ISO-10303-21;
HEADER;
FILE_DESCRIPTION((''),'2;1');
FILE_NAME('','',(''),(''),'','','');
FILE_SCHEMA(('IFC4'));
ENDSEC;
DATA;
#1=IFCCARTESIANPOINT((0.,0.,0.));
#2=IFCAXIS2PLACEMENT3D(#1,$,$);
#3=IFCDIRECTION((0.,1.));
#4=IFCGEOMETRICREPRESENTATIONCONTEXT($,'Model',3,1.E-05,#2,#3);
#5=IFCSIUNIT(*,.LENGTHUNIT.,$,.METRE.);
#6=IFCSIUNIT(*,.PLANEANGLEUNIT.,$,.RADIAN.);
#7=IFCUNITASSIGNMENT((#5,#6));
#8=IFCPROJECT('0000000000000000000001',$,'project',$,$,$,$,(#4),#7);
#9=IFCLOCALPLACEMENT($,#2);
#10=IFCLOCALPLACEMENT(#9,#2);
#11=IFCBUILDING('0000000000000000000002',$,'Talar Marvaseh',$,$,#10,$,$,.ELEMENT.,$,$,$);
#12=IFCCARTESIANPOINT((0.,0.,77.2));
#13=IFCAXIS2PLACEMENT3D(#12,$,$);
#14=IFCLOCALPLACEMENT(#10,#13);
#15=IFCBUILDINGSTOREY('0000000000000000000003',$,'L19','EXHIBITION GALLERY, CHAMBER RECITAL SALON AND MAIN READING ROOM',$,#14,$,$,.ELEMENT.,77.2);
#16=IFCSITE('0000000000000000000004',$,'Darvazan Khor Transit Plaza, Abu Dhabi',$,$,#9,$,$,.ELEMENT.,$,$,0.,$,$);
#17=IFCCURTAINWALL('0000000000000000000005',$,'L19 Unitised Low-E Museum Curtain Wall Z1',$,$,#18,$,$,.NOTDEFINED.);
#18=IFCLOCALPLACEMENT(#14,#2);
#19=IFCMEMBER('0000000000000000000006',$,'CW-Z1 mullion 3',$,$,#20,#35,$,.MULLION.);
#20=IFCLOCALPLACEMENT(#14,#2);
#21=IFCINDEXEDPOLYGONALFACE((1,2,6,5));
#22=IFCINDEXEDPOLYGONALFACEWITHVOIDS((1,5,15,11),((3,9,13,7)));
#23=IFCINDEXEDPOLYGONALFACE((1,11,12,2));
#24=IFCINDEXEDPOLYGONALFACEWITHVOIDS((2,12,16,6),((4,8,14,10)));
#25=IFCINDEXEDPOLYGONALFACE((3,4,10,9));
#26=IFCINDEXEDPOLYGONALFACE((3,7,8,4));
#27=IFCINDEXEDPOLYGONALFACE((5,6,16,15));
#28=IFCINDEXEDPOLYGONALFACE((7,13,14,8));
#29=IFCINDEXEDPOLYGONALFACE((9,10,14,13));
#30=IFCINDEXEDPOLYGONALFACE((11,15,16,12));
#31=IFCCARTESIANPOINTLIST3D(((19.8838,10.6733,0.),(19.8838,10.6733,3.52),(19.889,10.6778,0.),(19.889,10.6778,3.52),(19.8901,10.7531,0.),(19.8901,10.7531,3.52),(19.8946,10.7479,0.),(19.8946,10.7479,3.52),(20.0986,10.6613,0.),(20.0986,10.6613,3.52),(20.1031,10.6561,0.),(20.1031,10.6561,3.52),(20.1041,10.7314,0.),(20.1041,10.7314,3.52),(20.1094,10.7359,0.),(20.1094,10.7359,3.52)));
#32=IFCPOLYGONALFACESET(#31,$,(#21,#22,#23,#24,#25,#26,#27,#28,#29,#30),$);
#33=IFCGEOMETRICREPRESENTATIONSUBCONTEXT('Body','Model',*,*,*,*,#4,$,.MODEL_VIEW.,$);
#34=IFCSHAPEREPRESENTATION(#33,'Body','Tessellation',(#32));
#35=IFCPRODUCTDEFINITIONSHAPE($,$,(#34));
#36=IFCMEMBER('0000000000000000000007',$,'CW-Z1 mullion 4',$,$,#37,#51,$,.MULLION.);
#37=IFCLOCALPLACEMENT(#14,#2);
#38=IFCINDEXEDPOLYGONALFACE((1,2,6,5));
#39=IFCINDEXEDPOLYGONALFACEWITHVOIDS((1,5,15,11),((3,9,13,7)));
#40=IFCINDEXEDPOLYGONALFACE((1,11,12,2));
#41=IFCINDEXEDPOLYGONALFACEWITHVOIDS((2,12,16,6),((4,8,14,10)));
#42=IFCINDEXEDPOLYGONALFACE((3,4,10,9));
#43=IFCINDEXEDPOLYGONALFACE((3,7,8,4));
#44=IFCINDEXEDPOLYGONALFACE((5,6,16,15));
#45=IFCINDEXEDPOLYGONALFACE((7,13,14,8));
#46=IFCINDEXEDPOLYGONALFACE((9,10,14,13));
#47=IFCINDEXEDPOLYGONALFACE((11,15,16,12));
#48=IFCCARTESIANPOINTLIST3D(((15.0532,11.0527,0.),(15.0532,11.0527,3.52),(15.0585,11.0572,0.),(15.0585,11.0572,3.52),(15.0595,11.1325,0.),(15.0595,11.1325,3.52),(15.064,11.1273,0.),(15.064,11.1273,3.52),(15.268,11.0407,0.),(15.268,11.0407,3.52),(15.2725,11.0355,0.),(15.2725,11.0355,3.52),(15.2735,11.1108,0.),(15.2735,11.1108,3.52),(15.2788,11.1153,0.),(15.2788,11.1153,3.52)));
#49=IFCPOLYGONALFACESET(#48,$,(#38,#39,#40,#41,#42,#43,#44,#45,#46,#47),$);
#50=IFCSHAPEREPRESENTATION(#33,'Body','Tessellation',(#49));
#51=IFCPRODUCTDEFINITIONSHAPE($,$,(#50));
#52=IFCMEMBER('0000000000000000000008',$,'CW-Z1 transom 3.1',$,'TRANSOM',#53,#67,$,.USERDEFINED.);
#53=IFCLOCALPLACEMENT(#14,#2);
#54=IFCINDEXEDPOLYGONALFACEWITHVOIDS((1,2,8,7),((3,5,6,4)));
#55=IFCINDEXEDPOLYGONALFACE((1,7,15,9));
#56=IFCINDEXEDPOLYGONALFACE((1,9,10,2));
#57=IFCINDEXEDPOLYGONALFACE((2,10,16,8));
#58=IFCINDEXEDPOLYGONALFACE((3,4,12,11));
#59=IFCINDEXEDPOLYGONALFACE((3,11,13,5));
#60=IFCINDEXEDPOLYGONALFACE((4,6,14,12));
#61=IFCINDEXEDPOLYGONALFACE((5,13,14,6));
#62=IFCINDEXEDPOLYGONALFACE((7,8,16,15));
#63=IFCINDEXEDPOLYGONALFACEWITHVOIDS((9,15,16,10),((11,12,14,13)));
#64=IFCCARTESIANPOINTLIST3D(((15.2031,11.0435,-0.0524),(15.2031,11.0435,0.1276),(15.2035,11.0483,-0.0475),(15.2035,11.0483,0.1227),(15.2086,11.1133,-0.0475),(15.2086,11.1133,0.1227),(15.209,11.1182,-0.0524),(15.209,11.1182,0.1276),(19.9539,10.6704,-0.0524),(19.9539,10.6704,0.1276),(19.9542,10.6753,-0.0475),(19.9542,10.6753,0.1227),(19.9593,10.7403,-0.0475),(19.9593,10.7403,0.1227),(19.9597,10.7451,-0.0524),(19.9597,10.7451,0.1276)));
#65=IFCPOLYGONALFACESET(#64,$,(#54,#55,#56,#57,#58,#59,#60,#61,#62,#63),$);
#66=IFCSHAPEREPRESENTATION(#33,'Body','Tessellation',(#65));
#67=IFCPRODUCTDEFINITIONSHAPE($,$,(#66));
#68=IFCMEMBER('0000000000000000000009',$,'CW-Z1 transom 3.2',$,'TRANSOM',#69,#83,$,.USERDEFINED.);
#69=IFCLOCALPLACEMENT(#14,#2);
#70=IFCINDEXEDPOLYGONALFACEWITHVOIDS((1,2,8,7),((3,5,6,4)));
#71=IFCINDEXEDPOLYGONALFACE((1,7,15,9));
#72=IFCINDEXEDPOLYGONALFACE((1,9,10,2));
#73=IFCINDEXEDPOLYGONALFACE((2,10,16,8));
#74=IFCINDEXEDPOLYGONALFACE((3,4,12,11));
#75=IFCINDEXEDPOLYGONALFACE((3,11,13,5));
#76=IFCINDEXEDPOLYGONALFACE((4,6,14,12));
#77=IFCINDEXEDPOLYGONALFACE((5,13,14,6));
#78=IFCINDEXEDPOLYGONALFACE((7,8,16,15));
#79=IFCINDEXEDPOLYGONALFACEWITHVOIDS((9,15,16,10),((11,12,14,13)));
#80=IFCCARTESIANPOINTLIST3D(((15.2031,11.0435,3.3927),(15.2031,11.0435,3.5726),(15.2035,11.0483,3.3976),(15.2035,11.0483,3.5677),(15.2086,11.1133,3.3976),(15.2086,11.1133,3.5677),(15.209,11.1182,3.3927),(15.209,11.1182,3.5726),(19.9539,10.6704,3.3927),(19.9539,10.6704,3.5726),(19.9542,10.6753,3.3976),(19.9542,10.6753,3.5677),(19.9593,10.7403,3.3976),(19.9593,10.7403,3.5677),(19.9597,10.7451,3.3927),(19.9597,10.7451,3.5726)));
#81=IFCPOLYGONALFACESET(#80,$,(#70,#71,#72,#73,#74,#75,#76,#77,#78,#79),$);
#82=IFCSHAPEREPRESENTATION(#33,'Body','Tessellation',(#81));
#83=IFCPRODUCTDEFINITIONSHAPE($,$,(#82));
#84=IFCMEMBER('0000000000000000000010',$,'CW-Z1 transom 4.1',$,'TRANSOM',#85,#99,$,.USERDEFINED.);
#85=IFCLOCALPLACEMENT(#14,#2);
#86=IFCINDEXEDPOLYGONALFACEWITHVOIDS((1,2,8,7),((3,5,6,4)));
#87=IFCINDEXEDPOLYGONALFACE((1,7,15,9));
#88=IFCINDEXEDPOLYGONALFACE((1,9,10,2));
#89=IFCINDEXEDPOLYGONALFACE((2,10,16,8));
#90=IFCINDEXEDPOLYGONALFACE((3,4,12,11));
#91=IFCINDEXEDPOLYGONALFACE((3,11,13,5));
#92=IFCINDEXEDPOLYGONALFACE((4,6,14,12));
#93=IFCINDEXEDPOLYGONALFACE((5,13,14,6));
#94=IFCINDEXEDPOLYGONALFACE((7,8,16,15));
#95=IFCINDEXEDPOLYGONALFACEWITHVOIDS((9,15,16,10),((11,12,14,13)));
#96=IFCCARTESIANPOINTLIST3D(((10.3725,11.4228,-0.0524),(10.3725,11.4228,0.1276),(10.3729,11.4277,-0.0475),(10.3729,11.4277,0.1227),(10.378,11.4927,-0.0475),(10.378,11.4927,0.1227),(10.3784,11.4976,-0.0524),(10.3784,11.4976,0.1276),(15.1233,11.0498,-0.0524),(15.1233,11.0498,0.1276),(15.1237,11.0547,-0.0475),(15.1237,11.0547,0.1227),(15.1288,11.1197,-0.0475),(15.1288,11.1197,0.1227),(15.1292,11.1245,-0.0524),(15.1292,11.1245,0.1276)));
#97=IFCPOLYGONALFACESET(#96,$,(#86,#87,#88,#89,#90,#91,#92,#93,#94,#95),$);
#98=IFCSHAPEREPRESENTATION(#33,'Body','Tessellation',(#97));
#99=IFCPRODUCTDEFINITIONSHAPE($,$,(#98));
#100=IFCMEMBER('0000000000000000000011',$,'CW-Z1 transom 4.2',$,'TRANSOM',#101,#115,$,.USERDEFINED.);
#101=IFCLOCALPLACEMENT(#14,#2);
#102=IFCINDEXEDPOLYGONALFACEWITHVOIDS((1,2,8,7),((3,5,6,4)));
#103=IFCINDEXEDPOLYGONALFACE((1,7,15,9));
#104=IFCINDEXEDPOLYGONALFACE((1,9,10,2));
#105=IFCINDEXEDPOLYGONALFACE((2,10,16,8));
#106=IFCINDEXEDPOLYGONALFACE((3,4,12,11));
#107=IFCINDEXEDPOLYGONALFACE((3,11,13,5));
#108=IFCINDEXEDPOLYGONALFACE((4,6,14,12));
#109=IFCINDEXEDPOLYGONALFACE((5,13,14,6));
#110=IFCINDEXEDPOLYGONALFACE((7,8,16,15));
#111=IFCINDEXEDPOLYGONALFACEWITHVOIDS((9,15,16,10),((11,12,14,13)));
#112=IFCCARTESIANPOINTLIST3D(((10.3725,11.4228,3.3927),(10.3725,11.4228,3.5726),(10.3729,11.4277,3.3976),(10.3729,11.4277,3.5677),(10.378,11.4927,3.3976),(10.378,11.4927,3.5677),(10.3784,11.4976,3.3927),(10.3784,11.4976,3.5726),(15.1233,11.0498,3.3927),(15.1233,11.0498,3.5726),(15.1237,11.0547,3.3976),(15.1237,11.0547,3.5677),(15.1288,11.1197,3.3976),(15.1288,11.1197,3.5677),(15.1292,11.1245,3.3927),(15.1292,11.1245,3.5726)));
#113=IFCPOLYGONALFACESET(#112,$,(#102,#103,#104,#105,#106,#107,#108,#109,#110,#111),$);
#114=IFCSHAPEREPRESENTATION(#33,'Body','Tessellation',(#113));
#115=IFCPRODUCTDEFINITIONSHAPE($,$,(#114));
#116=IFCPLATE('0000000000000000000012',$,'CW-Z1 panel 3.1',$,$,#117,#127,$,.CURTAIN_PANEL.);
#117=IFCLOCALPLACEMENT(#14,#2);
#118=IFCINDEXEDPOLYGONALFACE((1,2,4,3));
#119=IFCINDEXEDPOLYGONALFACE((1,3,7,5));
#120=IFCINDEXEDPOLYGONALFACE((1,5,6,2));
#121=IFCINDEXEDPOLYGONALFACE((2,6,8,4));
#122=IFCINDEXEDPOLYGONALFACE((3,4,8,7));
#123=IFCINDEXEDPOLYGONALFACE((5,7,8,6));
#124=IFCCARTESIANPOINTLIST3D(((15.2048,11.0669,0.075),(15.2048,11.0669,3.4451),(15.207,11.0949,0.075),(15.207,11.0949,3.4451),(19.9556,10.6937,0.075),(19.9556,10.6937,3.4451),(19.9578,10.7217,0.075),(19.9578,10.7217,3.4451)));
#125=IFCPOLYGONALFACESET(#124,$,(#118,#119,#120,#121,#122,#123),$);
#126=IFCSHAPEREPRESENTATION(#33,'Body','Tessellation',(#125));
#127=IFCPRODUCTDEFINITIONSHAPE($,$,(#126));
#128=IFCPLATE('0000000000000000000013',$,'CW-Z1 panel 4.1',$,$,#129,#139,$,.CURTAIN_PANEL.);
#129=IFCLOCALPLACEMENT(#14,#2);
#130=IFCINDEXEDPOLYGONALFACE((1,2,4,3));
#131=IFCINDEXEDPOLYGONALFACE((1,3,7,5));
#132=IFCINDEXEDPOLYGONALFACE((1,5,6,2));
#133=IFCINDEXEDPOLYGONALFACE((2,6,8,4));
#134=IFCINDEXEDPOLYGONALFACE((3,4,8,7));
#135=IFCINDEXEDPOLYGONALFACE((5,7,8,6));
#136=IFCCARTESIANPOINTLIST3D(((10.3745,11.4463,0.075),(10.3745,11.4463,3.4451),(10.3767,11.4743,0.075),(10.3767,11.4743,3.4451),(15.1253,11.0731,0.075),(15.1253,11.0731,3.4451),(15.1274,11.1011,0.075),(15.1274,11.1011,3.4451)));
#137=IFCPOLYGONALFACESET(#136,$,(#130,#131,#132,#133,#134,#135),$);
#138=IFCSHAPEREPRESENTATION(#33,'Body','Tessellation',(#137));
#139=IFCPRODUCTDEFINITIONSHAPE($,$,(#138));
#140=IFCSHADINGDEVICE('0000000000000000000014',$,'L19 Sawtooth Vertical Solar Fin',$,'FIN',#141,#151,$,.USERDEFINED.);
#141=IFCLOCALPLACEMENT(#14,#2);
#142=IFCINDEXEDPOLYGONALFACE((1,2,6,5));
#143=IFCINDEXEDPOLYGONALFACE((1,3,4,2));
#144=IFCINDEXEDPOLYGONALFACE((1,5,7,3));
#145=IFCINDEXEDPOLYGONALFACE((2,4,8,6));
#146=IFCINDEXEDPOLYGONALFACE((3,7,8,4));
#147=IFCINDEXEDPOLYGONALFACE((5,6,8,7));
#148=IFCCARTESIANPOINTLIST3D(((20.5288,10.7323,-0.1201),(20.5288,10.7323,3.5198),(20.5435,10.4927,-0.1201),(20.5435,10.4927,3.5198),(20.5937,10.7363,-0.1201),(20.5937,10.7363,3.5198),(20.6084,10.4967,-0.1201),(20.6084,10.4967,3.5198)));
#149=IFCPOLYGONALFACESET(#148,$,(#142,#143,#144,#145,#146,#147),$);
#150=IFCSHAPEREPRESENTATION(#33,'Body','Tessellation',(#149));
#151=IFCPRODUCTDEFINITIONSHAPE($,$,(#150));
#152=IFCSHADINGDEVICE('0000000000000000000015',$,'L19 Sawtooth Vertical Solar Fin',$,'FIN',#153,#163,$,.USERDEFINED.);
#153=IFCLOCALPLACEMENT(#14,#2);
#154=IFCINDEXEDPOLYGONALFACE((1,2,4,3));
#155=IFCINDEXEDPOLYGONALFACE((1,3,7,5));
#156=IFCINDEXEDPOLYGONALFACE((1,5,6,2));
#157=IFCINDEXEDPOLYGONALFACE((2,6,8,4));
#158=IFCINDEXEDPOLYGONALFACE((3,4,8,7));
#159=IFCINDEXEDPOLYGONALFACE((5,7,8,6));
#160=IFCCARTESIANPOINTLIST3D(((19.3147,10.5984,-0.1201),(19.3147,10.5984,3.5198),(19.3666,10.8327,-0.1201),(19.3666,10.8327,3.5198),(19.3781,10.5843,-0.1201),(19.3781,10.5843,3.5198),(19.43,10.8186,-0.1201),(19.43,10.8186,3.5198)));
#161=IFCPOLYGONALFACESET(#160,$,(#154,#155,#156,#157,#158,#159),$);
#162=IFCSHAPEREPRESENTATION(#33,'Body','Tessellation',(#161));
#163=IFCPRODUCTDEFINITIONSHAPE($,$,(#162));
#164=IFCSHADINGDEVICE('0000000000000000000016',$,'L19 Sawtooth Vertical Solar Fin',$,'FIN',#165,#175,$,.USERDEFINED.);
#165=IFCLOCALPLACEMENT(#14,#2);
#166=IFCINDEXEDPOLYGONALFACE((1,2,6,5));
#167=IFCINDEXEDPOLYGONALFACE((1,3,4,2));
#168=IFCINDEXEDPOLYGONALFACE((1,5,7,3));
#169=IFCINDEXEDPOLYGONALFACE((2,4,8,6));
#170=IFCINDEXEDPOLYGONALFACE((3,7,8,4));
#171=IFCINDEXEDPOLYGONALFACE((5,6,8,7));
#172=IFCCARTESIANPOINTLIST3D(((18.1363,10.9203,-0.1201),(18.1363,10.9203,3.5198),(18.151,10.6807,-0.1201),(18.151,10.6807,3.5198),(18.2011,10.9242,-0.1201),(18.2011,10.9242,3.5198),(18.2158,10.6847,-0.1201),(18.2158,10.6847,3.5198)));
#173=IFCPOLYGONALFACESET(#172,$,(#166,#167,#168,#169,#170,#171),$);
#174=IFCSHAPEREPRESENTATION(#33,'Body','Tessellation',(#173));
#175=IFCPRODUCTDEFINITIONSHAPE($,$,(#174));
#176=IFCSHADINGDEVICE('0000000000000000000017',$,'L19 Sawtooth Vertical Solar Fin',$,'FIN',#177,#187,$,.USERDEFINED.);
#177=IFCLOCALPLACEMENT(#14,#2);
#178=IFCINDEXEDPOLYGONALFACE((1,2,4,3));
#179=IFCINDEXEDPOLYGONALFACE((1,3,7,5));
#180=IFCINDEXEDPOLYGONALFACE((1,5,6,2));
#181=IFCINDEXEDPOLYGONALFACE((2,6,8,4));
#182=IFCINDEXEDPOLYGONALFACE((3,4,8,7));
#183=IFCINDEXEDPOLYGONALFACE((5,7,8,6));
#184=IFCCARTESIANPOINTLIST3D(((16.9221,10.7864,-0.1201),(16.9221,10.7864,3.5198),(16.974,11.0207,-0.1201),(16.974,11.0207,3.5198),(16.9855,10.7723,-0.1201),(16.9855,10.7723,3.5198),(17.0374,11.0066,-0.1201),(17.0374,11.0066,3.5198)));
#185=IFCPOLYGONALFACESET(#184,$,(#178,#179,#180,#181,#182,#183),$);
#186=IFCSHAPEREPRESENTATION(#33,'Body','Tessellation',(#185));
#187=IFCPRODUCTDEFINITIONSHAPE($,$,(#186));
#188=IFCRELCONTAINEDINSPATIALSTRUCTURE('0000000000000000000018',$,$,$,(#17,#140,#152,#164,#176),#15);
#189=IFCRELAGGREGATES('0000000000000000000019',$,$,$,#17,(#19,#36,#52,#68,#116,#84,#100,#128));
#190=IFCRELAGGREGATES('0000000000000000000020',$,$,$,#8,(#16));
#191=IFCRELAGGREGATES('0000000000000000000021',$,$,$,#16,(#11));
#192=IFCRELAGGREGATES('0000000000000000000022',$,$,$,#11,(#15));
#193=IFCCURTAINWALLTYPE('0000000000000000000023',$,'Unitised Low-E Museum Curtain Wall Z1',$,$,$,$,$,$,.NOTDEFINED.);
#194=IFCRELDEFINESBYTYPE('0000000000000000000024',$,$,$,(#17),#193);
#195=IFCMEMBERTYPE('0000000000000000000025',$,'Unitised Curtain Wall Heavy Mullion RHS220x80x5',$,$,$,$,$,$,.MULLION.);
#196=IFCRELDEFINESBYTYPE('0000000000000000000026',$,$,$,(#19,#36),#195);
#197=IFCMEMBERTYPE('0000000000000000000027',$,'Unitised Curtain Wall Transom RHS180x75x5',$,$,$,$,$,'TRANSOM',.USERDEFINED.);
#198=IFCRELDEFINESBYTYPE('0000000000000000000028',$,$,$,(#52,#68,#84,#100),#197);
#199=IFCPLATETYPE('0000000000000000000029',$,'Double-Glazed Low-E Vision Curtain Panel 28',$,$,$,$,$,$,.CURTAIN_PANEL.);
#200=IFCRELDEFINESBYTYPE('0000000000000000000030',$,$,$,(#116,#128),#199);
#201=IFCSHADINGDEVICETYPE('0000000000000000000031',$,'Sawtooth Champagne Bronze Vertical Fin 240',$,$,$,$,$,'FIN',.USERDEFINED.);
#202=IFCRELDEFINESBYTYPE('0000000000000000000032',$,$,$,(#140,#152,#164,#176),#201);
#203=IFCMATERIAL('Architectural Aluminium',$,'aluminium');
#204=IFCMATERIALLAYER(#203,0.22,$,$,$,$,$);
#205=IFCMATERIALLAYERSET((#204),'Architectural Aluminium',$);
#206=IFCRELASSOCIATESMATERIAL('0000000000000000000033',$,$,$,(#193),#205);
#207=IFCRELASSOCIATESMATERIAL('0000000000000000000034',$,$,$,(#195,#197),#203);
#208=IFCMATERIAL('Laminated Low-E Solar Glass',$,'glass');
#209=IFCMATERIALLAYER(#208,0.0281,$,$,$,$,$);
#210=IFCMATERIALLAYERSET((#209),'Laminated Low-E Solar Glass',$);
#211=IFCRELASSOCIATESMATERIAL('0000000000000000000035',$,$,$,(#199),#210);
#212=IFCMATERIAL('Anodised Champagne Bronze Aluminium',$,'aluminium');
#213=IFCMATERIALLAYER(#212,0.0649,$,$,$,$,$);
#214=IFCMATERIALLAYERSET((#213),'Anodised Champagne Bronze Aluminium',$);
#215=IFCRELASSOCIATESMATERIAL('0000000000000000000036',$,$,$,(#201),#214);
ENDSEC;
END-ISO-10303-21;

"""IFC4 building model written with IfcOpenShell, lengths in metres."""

from ifc_helpers import new_model, si_unit, direction, frame, origin, origin_2d, place, context, subcontext, project, spatial, rectangle, hollow_rectangle, extrude, source, transform, mapped, material, layer, layer_set, material_profile, profile_set, type_object, type_shapes, element, aggregate, save


model = new_model("IFC4")

# Units and contexts
model_context = context("Model", 3, precision=1e-05, world=origin(), true_north=direction((0.0, 1.0)))
body_context = subcontext(model_context, "Body", "Model", "MODEL_VIEW")
ifc_project = project(units=[si_unit("LENGTHUNIT", "METRE"), si_unit("PLANEANGLEUNIT", "RADIAN")], contexts=[model_context])

# Site, building, storey
site_placement = place(None, origin())
site = spatial("IfcSite", under=ifc_project, at=site_placement, Name="Darvazan Khor Transit Plaza, Abu Dhabi", CompositionType="ELEMENT", RefElevation=0.0)
building_placement = place(site_placement, origin())
building = spatial("IfcBuilding", under=site, at=building_placement, Name="Talar Marvaseh", CompositionType="ELEMENT")
storey_placement = place(building_placement, frame((0.0, 0.0, 77.2)))
storey = spatial("IfcBuildingStorey", under=building, at=storey_placement, Name="L19", Description="EXHIBITION GALLERY, CHAMBER RECITAL SALON AND MAIN READING ROOM", CompositionType="ELEMENT", Elevation=77.2)

# Curtain wall, members, plates
ifc_material_1 = material(Name="Architectural Aluminium", Category="aluminium")
ifc_layer_1 = layer(ifc_material_1, 0.22)
ifc_layer_set_1 = layer_set([ifc_layer_1], Name="Architectural Aluminium")
curtain_wall_type = type_object("IfcCurtainWallType", Name="Unitised Low-E Museum Curtain Wall Z1", PredefinedType="NOTDEFINED", material=ifc_layer_set_1)
curtain_wall_placement = place(storey_placement, origin())
curtain_wall = element("IfcCurtainWall", 1, at=curtain_wall_placement, inside=storey, type_object=curtain_wall_type, Name="L19 Unitised Low-E Museum Curtain Wall Z1", PredefinedType="NOTDEFINED")
ifc_material_profile_1 = material_profile(ifc_material_1, hollow_rectangle(XDim=0.0801, YDim=0.22, WallThickness=0.0049, at=origin_2d()), Name="RHS220x80x5")
ifc_profile_set_1 = profile_set([ifc_material_profile_1], Name="Architectural Aluminium")
member_type_1 = type_object("IfcMemberType", Name="Unitised Curtain Wall Heavy Mullion RHS220x80x5", PredefinedType="MULLION", material=ifc_profile_set_1)
shared_shape_1 = source(origin(), body_context, "Body", "SweptSolid", [
    extrude(hollow_rectangle(XDim=0.0801, YDim=0.22, WallThickness=0.0049, at=origin_2d()), origin(), (0.0, 0.0, 1.0), 3.52),
])
type_shapes(member_type_1, [shared_shape_1])
member_1_placement = place(storey_placement, frame((19.9966, 10.7046, 0.0), z_axis=(0.0, 0.0, 1.0), x_axis=(-0.078306, -0.996929, 0.0)))
member_1 = element("IfcMember", 2, at=member_1_placement, type_object=member_type_1, Name="CW-Z1 mullion 3", PredefinedType="MULLION", context=body_context, shape_type="MappedRepresentation", body=[
    mapped(shared_shape_1, transform((0.0, 0.0, 0.0), x_axis=(1.0, 0.0, 0.0), y_axis=(0.0, 1.0, 0.0), z_axis=(0.0, 0.0, 1.0), scale=1.0)),
])
member_2_placement = place(storey_placement, frame((15.166, 11.084, 0.0), z_axis=(0.0, 0.0, 1.0), x_axis=(-0.078306, -0.996929, 0.0)))
member_2 = element("IfcMember", 3, at=member_2_placement, type_object=member_type_1, Name="CW-Z1 mullion 4", PredefinedType="MULLION", context=body_context, shape_type="MappedRepresentation", body=[
    mapped(shared_shape_1, transform((0.0, 0.0, 0.0), x_axis=(1.0, 0.0, 0.0), y_axis=(0.0, 1.0, 0.0), z_axis=(0.0, 0.0, 1.0), scale=1.0)),
])
ifc_material_profile_2 = material_profile(ifc_material_1, hollow_rectangle(XDim=0.075, YDim=0.1799, WallThickness=0.0049, at=origin_2d()), Name="RHS180x75x5")
ifc_profile_set_2 = profile_set([ifc_material_profile_2], Name="Architectural Aluminium")
member_type_2 = type_object("IfcMemberType", Name="Unitised Curtain Wall Transom RHS180x75x5", ElementType="TRANSOM", PredefinedType="USERDEFINED", material=ifc_profile_set_2)
shared_shape_2 = source(origin(), body_context, "Body", "SweptSolid", [
    extrude(hollow_rectangle(XDim=0.075, YDim=0.1799, WallThickness=0.0049, at=origin_2d()), origin(), (0.0, 0.0, 1.0), 4.7654),
])
type_shapes(member_type_2, [shared_shape_2])
member_3_placement = place(storey_placement, frame((19.9568, 10.7078, 0.0376), z_axis=(-0.996931, 0.078283, 0.0), x_axis=(-0.078283, -0.996931, 0.0)))
member_3 = element("IfcMember", 4, at=member_3_placement, type_object=member_type_2, Name="CW-Z1 transom 3.1", ObjectType="TRANSOM", PredefinedType="USERDEFINED", context=body_context, shape_type="MappedRepresentation", body=[
    mapped(shared_shape_2, transform((0.0, 0.0, 0.0), x_axis=(1.0, 0.0, 0.0), y_axis=(0.0, 1.0, 0.0), z_axis=(0.0, 0.0, 1.0), scale=1.0)),
])
member_4_placement = place(storey_placement, frame((19.9568, 10.7078, 3.4827), z_axis=(-0.996931, 0.078283, 0.0), x_axis=(-0.078283, -0.996931, 0.0)))
member_4 = element("IfcMember", 5, at=member_4_placement, type_object=member_type_2, Name="CW-Z1 transom 3.2", ObjectType="TRANSOM", PredefinedType="USERDEFINED", context=body_context, shape_type="MappedRepresentation", body=[
    mapped(shared_shape_2, transform((0.0, 0.0, 0.0), x_axis=(1.0, 0.0, 0.0), y_axis=(0.0, 1.0, 0.0), z_axis=(0.0, 0.0, 1.0), scale=1.0)),
])
member_5_placement = place(storey_placement, frame((15.1262, 11.0872, 0.0376), z_axis=(-0.996931, 0.078283, 0.0), x_axis=(-0.078283, -0.996931, 0.0)))
member_5 = element("IfcMember", 6, at=member_5_placement, type_object=member_type_2, Name="CW-Z1 transom 4.1", ObjectType="TRANSOM", PredefinedType="USERDEFINED", context=body_context, shape_type="MappedRepresentation", body=[
    mapped(shared_shape_2, transform((0.0, 0.0, 0.0), x_axis=(1.0, 0.0, 0.0), y_axis=(0.0, 1.0, 0.0), z_axis=(0.0, 0.0, 1.0), scale=1.0)),
])
member_6_placement = place(storey_placement, frame((15.1262, 11.0872, 3.4827), z_axis=(-0.996931, 0.078283, 0.0), x_axis=(-0.078283, -0.996931, 0.0)))
member_6 = element("IfcMember", 7, at=member_6_placement, type_object=member_type_2, Name="CW-Z1 transom 4.2", ObjectType="TRANSOM", PredefinedType="USERDEFINED", context=body_context, shape_type="MappedRepresentation", body=[
    mapped(shared_shape_2, transform((0.0, 0.0, 0.0), x_axis=(1.0, 0.0, 0.0), y_axis=(0.0, 1.0, 0.0), z_axis=(0.0, 0.0, 1.0), scale=1.0)),
])
ifc_material_2 = material(Name="Laminated Low-E Solar Glass", Category="glass")
ifc_layer_2 = layer(ifc_material_2, 0.0281)
ifc_layer_set_2 = layer_set([ifc_layer_2], Name="Laminated Low-E Solar Glass")
plate_type = type_object("IfcPlateType", Name="Double-Glazed Low-E Vision Curtain Panel 28", PredefinedType="CURTAIN_PANEL", material=ifc_layer_set_2)
shared_shape_3 = source(origin(), body_context, "Body", "SweptSolid", [
    extrude(rectangle(XDim=4.7654, YDim=0.0281, at=origin_2d()), origin(), (0.0, 0.0, 1.0), 3.3701),
])
type_shapes(plate_type, [shared_shape_3])
plate_1_placement = place(storey_placement, frame((17.5813, 10.8943, 0.075), z_axis=(0.0, 0.0, 1.0), x_axis=(-0.996929, 0.078306, 0.0)))
plate_1 = element("IfcPlate", 8, at=plate_1_placement, type_object=plate_type, Name="CW-Z1 panel 3.1", PredefinedType="CURTAIN_PANEL", context=body_context, shape_type="MappedRepresentation", body=[
    mapped(shared_shape_3, transform((0.0, 0.0, 0.0), x_axis=(1.0, 0.0, 0.0), y_axis=(0.0, 1.0, 0.0), z_axis=(0.0, 0.0, 1.0), scale=1.0)),
])
plate_2_placement = place(storey_placement, frame((12.751, 11.2737, 0.075), z_axis=(0.0, 0.0, 1.0), x_axis=(-0.996929, 0.078306, 0.0)))
plate_2 = element("IfcPlate", 9, at=plate_2_placement, type_object=plate_type, Name="CW-Z1 panel 4.1", PredefinedType="CURTAIN_PANEL", context=body_context, shape_type="MappedRepresentation", body=[
    mapped(shared_shape_3, transform((0.0, 0.0, 0.0), x_axis=(1.0, 0.0, 0.0), y_axis=(0.0, 1.0, 0.0), z_axis=(0.0, 0.0, 1.0), scale=1.0)),
])
aggregate(curtain_wall, [member_1, member_2, member_3, member_4, plate_1, member_5, member_6, plate_2])

# Shading devices
ifc_material_3 = material(Name="Anodised Champagne Bronze Aluminium", Category="aluminium")
ifc_layer_3 = layer(ifc_material_3, 0.0649)
ifc_layer_set_3 = layer_set([ifc_layer_3], Name="Anodised Champagne Bronze Aluminium")
shading_device_type = type_object("IfcShadingDeviceType", Name="Sawtooth Champagne Bronze Vertical Fin 240", ElementType="FIN", PredefinedType="USERDEFINED", material=ifc_layer_set_3)
shared_shape_4 = source(origin(), body_context, "Body", "SweptSolid", [
    extrude(rectangle(XDim=0.24, YDim=0.0649, at=origin_2d()), origin(), (0.0, 0.0, 1.0), 3.6399),
])
type_shapes(shading_device_type, [shared_shape_4])
for number, where, z_axis, x_axis, name in (
    (10, (20.5686, 10.6145, -0.1201), (0.0, 0.0, 1.0), (0.061223, -0.998124, 0.0), "L19 Sawtooth Vertical Solar Fin"),
    (11, (19.3723, 10.7085, -0.1201), (0.0, 0.0, 1.0), (-0.216269, -0.976334, 0.0), "L19 Sawtooth Vertical Solar Fin"),
    (12, (18.176, 10.8025, -0.1201), (0.0, 0.0, 1.0), (0.061223, -0.998124, 0.0), "L19 Sawtooth Vertical Solar Fin"),
    (13, (16.9797, 10.8965, -0.1201), (0.0, 0.0, 1.0), (-0.216269, -0.976334, 0.0), "L19 Sawtooth Vertical Solar Fin"),
):
    element("IfcShadingDevice", number, at=place(storey_placement, frame(where, z_axis=z_axis, x_axis=x_axis)), inside=storey, type_object=shading_device_type, Name=name, ObjectType="FIN", PredefinedType="USERDEFINED", context=body_context, shape_type="MappedRepresentation", body=[
        mapped(shared_shape_4, transform((0.0, 0.0, 0.0), x_axis=(1.0, 0.0, 0.0), y_axis=(0.0, 1.0, 0.0), z_axis=(0.0, 0.0, 1.0), scale=1.0)),
    ])

save(model, "model.ifc")
